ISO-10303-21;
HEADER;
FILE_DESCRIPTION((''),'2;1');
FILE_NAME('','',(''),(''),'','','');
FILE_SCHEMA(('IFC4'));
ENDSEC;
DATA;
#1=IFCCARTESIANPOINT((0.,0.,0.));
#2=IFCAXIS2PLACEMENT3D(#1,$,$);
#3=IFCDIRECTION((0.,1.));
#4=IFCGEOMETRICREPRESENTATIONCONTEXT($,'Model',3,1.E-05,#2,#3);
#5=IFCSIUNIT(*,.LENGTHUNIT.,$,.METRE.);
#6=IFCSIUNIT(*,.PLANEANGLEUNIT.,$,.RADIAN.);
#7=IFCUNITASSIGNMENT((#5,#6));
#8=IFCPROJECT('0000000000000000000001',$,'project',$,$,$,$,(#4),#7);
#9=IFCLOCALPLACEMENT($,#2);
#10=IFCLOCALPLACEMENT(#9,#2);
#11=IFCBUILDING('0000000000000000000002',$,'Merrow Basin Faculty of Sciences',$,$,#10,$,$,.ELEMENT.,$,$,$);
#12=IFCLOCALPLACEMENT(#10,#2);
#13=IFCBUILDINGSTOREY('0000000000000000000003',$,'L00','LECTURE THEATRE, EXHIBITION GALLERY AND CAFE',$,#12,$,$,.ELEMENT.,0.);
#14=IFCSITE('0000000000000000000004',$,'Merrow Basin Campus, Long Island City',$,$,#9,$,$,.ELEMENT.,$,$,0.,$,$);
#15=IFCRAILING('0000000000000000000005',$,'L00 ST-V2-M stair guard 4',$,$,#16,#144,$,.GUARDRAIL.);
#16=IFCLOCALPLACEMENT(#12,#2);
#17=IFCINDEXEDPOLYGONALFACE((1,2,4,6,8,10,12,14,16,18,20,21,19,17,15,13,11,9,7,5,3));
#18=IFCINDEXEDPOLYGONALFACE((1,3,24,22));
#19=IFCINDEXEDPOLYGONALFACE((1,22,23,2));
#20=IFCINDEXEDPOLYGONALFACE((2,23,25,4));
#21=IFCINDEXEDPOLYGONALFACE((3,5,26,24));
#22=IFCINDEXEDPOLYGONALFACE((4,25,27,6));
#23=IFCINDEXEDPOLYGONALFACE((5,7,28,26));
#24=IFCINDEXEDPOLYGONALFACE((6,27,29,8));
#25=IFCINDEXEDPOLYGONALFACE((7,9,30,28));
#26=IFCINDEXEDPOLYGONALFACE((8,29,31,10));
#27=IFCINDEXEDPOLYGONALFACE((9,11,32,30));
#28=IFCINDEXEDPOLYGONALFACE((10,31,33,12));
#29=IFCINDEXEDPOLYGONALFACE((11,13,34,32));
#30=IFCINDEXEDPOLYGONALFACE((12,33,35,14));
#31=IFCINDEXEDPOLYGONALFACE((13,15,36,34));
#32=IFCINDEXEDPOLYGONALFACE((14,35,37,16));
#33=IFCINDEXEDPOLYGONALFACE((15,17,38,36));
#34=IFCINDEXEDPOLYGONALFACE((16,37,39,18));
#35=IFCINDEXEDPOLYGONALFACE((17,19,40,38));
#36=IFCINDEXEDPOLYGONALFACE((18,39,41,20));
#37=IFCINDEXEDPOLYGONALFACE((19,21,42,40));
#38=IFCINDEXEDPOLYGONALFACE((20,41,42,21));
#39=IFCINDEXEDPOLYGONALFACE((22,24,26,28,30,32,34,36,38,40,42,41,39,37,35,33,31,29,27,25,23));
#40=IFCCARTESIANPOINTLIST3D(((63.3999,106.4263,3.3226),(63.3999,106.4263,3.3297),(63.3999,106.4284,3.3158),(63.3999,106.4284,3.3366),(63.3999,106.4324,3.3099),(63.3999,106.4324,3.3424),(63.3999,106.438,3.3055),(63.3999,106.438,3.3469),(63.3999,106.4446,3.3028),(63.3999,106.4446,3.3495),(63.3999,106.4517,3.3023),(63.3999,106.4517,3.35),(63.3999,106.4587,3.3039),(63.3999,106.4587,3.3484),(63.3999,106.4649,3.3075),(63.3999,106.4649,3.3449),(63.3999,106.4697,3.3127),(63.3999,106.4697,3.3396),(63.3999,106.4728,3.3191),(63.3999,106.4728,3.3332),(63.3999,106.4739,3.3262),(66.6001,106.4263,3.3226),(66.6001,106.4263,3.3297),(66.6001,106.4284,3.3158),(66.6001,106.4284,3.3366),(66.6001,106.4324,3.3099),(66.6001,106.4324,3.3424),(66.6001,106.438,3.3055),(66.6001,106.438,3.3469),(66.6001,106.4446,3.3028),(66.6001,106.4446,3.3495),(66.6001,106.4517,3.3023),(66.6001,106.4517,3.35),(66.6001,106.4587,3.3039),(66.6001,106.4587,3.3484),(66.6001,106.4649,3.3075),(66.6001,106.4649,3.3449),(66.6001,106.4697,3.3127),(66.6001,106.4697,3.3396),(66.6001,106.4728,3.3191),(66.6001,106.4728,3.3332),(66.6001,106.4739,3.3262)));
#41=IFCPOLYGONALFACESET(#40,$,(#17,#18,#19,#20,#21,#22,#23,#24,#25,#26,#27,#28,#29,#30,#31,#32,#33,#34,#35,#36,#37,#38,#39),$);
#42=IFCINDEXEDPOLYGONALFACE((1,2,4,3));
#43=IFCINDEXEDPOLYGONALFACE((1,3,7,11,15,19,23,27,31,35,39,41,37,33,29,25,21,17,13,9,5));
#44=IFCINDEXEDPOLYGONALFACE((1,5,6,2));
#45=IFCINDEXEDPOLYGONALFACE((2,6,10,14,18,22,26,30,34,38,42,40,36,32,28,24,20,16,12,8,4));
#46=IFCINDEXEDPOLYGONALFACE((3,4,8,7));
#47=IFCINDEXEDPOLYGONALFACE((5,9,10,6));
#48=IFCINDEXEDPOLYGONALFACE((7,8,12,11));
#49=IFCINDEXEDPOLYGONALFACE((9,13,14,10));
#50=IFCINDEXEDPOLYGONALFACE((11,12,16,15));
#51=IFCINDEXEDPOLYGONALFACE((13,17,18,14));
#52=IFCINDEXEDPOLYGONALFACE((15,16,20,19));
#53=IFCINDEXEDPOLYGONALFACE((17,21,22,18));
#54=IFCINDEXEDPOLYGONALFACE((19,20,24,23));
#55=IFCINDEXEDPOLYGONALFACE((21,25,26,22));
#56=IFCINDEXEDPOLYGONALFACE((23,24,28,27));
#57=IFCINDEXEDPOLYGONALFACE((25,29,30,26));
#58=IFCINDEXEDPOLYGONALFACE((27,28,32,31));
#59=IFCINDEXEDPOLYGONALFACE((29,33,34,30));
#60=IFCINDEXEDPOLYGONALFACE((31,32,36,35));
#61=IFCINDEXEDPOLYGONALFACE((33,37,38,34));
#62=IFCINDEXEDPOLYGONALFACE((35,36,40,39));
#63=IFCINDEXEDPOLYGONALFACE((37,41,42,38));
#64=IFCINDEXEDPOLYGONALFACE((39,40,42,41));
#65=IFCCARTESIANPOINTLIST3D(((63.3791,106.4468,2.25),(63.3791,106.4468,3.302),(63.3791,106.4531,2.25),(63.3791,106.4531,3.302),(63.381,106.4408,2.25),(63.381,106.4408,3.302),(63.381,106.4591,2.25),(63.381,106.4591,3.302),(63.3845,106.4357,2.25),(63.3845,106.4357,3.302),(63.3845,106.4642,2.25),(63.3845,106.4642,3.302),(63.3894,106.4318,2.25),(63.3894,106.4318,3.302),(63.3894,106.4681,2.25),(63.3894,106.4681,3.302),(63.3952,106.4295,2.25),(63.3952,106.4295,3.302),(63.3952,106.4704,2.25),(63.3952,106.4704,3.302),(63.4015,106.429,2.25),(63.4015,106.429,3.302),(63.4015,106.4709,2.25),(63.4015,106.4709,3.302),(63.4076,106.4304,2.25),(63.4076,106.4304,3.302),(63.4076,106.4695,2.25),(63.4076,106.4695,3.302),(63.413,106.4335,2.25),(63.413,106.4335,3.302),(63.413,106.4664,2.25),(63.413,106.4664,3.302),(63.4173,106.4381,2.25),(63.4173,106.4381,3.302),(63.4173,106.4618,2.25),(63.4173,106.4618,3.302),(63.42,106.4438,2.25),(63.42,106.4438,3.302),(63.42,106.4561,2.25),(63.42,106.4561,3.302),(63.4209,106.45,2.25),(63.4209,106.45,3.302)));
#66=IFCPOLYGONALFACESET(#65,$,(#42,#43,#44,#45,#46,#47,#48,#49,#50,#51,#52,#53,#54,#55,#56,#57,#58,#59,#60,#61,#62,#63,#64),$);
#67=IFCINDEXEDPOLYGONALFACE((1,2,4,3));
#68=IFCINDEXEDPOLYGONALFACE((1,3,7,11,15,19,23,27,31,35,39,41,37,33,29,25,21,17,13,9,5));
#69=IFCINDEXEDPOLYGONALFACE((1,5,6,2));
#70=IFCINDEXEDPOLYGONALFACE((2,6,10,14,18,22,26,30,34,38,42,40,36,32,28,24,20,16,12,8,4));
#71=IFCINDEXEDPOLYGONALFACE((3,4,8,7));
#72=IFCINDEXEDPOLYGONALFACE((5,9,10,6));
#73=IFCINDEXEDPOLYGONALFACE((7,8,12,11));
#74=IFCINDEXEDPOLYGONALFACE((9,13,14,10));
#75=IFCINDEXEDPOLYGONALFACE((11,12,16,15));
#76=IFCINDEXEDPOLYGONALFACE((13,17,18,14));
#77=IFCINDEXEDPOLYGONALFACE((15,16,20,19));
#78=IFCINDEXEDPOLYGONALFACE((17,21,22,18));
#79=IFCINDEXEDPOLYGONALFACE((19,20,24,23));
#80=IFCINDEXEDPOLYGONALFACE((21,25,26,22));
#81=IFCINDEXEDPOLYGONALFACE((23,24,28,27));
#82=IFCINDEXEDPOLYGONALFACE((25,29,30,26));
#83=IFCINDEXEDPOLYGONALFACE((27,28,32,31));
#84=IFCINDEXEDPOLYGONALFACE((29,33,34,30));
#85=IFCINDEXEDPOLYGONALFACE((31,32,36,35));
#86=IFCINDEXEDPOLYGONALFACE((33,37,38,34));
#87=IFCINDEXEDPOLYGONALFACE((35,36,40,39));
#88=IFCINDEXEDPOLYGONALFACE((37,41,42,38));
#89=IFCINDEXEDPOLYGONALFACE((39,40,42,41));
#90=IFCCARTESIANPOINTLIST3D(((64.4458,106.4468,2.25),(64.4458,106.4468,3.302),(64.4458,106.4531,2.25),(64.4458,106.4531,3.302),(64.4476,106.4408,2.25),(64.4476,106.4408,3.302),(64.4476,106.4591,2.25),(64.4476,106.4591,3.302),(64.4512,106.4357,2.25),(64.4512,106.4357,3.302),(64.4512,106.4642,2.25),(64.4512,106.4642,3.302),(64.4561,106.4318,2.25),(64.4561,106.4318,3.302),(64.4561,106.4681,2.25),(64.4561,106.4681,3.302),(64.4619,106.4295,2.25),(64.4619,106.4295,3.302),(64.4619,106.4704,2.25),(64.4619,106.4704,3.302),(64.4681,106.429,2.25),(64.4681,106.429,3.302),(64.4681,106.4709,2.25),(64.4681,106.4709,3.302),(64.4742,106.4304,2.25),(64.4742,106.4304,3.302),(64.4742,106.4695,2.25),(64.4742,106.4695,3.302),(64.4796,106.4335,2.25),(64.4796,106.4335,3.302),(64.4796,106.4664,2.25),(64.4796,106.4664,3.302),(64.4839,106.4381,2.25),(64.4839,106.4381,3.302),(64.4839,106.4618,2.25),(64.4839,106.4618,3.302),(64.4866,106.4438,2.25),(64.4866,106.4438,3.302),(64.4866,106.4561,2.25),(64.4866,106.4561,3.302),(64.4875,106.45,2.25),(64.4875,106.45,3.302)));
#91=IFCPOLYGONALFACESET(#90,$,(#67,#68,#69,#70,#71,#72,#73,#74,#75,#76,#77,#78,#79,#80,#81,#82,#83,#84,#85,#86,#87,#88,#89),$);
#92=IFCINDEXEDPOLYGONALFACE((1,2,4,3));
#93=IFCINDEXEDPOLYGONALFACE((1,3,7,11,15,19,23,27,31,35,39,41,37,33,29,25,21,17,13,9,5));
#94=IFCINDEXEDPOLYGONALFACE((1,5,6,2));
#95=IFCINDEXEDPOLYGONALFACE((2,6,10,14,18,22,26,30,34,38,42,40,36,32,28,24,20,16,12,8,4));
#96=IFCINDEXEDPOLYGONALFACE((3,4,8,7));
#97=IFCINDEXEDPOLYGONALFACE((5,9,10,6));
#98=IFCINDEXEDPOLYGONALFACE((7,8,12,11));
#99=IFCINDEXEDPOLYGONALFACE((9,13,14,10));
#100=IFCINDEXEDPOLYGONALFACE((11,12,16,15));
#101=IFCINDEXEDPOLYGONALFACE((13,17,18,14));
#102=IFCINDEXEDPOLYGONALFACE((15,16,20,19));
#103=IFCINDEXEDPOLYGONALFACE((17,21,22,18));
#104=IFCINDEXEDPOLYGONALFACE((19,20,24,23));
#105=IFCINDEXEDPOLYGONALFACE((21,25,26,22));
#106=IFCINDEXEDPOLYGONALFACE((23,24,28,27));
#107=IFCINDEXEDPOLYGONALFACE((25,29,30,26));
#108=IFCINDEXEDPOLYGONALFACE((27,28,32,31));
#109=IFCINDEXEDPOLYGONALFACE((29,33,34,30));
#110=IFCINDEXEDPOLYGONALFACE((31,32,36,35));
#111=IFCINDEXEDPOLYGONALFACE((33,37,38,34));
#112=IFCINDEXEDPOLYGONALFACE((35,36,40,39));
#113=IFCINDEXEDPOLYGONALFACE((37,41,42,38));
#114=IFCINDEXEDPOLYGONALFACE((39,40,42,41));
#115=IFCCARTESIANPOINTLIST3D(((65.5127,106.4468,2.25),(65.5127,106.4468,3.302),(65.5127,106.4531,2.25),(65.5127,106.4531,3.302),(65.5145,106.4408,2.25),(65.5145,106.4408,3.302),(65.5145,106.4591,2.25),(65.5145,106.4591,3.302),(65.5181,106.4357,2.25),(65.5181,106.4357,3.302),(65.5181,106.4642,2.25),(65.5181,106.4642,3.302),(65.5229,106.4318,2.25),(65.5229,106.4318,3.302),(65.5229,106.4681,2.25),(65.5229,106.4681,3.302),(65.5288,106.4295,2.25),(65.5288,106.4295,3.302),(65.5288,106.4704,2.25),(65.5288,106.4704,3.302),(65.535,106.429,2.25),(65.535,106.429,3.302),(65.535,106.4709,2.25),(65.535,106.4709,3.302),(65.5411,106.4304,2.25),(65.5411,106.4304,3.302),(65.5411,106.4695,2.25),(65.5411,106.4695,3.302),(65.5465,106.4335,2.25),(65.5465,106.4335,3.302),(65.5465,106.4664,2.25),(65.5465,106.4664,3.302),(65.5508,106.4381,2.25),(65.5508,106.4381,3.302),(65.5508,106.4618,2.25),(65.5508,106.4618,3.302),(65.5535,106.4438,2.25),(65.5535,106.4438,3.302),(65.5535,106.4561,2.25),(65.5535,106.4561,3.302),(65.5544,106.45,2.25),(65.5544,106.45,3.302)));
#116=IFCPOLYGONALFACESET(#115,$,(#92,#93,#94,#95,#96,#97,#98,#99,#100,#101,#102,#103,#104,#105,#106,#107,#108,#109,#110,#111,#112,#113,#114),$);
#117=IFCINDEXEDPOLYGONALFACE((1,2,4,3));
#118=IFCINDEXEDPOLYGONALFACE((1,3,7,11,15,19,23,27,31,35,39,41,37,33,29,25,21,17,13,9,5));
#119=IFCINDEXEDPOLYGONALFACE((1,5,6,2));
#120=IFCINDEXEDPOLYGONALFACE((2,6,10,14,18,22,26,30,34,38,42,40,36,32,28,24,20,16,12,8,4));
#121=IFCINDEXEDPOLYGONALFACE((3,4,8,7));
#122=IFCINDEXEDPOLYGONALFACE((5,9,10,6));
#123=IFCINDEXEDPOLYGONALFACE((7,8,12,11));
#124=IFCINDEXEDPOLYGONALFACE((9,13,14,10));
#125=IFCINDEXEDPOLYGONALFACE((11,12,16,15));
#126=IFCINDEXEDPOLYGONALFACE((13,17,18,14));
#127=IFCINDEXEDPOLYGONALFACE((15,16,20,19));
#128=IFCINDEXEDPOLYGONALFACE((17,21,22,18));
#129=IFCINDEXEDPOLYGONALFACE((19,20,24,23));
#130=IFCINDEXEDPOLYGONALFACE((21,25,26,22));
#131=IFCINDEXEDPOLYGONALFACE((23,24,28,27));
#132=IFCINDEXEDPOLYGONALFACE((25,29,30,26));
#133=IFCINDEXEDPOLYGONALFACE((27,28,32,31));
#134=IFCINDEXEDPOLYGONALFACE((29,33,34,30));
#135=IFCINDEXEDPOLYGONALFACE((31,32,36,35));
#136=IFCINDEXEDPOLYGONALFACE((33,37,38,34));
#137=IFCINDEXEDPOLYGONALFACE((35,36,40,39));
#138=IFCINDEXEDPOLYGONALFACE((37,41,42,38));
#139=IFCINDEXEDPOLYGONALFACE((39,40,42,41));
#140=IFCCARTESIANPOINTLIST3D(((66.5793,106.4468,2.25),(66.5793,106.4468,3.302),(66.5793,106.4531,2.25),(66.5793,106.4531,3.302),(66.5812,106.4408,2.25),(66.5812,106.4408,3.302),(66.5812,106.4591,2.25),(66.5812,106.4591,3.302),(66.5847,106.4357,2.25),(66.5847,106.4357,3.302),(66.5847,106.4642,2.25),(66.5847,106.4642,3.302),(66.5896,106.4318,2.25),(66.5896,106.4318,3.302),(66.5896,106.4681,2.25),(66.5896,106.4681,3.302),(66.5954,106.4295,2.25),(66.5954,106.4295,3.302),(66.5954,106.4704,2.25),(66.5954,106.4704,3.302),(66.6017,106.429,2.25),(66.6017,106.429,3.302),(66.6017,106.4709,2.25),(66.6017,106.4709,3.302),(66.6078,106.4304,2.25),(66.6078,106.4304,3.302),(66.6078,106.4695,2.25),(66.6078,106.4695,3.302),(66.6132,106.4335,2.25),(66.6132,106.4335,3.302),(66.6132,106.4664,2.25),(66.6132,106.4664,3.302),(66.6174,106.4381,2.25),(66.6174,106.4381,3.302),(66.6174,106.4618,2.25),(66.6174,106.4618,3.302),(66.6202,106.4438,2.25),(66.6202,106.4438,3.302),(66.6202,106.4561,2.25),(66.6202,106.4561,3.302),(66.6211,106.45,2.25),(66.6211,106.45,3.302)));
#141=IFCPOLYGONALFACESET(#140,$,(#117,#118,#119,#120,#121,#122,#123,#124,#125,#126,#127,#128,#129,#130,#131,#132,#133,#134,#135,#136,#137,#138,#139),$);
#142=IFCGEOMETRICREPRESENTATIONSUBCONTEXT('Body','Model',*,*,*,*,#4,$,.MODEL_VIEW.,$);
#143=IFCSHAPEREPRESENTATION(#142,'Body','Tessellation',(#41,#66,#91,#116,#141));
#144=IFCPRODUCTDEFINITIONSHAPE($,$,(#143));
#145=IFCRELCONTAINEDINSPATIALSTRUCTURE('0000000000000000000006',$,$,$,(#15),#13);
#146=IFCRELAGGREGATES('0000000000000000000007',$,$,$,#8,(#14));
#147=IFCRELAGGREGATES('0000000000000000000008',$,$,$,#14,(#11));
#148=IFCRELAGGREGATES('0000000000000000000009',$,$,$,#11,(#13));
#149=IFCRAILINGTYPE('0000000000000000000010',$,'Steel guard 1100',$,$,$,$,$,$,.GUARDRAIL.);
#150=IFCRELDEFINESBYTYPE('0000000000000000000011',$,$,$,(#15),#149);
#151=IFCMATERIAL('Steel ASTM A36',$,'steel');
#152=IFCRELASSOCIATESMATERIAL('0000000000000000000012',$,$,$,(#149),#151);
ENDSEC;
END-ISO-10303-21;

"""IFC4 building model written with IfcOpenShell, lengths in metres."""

from ifc_helpers import new_model, si_unit, direction, frame, origin, origin_2d, place, context, subcontext, project, spatial, circle, extrude, material, type_object, element, save


model = new_model("IFC4")

# Units and contexts
model_context = context("Model", 3, precision=1e-05, world=origin(), true_north=direction((0.0, 1.0)))
body_context = subcontext(model_context, "Body", "Model", "MODEL_VIEW")
ifc_project = project(units=[si_unit("LENGTHUNIT", "METRE"), si_unit("PLANEANGLEUNIT", "RADIAN")], contexts=[model_context])

# Site, building, storey
site_placement = place(None, origin())
site = spatial("IfcSite", under=ifc_project, at=site_placement, Name="Merrow Basin Campus, Long Island City", CompositionType="ELEMENT", RefElevation=0.0)
building_placement = place(site_placement, origin())
building = spatial("IfcBuilding", under=site, at=building_placement, Name="Merrow Basin Faculty of Sciences", CompositionType="ELEMENT")
storey_placement = place(building_placement, origin())
storey = spatial("IfcBuildingStorey", under=building, at=storey_placement, Name="L00", Description="LECTURE THEATRE, EXHIBITION GALLERY AND CAFE", CompositionType="ELEMENT", Elevation=0.0)

# Railing
ifc_material_1 = material(Name="Steel ASTM A36", Category="steel")
railing_type_1 = type_object("IfcRailingType", Name="Steel guard 1100", PredefinedType="GUARDRAIL", material=ifc_material_1)
railing_1_placement = place(storey_placement, frame((63.3999, 106.45, 2.25)))
element("IfcRailing", 1, at=railing_1_placement, inside=storey, type_object=railing_type_1, Name="L00 ST-V2-M stair guard 4", PredefinedType="GUARDRAIL", context=body_context, shape_type="SweptSolid", body=[
    extrude(circle(Radius=0.0239, at=origin_2d()), frame((0.0, 0.0, 1.0762), z_axis=(1.0, 0.0, 0.0), x_axis=(0.0, 1.0, 0.0)), (0.0, 0.0, 1.0), 3.2002),
    extrude(circle(Radius=0.021, at=origin_2d()), origin(), (0.0, 0.0, 1.0), 1.052),
    extrude(circle(Radius=0.021, at=origin_2d()), frame((1.0667, 0.0, 0.0)), (0.0, 0.0, 1.0), 1.052),
    extrude(circle(Radius=0.021, at=origin_2d()), frame((2.1335, 0.0, 0.0)), (0.0, 0.0, 1.0), 1.052),
    extrude(circle(Radius=0.021, at=origin_2d()), frame((3.2002, 0.0, 0.0)), (0.0, 0.0, 1.0), 1.052),
])

save(model, "model.ifc")
